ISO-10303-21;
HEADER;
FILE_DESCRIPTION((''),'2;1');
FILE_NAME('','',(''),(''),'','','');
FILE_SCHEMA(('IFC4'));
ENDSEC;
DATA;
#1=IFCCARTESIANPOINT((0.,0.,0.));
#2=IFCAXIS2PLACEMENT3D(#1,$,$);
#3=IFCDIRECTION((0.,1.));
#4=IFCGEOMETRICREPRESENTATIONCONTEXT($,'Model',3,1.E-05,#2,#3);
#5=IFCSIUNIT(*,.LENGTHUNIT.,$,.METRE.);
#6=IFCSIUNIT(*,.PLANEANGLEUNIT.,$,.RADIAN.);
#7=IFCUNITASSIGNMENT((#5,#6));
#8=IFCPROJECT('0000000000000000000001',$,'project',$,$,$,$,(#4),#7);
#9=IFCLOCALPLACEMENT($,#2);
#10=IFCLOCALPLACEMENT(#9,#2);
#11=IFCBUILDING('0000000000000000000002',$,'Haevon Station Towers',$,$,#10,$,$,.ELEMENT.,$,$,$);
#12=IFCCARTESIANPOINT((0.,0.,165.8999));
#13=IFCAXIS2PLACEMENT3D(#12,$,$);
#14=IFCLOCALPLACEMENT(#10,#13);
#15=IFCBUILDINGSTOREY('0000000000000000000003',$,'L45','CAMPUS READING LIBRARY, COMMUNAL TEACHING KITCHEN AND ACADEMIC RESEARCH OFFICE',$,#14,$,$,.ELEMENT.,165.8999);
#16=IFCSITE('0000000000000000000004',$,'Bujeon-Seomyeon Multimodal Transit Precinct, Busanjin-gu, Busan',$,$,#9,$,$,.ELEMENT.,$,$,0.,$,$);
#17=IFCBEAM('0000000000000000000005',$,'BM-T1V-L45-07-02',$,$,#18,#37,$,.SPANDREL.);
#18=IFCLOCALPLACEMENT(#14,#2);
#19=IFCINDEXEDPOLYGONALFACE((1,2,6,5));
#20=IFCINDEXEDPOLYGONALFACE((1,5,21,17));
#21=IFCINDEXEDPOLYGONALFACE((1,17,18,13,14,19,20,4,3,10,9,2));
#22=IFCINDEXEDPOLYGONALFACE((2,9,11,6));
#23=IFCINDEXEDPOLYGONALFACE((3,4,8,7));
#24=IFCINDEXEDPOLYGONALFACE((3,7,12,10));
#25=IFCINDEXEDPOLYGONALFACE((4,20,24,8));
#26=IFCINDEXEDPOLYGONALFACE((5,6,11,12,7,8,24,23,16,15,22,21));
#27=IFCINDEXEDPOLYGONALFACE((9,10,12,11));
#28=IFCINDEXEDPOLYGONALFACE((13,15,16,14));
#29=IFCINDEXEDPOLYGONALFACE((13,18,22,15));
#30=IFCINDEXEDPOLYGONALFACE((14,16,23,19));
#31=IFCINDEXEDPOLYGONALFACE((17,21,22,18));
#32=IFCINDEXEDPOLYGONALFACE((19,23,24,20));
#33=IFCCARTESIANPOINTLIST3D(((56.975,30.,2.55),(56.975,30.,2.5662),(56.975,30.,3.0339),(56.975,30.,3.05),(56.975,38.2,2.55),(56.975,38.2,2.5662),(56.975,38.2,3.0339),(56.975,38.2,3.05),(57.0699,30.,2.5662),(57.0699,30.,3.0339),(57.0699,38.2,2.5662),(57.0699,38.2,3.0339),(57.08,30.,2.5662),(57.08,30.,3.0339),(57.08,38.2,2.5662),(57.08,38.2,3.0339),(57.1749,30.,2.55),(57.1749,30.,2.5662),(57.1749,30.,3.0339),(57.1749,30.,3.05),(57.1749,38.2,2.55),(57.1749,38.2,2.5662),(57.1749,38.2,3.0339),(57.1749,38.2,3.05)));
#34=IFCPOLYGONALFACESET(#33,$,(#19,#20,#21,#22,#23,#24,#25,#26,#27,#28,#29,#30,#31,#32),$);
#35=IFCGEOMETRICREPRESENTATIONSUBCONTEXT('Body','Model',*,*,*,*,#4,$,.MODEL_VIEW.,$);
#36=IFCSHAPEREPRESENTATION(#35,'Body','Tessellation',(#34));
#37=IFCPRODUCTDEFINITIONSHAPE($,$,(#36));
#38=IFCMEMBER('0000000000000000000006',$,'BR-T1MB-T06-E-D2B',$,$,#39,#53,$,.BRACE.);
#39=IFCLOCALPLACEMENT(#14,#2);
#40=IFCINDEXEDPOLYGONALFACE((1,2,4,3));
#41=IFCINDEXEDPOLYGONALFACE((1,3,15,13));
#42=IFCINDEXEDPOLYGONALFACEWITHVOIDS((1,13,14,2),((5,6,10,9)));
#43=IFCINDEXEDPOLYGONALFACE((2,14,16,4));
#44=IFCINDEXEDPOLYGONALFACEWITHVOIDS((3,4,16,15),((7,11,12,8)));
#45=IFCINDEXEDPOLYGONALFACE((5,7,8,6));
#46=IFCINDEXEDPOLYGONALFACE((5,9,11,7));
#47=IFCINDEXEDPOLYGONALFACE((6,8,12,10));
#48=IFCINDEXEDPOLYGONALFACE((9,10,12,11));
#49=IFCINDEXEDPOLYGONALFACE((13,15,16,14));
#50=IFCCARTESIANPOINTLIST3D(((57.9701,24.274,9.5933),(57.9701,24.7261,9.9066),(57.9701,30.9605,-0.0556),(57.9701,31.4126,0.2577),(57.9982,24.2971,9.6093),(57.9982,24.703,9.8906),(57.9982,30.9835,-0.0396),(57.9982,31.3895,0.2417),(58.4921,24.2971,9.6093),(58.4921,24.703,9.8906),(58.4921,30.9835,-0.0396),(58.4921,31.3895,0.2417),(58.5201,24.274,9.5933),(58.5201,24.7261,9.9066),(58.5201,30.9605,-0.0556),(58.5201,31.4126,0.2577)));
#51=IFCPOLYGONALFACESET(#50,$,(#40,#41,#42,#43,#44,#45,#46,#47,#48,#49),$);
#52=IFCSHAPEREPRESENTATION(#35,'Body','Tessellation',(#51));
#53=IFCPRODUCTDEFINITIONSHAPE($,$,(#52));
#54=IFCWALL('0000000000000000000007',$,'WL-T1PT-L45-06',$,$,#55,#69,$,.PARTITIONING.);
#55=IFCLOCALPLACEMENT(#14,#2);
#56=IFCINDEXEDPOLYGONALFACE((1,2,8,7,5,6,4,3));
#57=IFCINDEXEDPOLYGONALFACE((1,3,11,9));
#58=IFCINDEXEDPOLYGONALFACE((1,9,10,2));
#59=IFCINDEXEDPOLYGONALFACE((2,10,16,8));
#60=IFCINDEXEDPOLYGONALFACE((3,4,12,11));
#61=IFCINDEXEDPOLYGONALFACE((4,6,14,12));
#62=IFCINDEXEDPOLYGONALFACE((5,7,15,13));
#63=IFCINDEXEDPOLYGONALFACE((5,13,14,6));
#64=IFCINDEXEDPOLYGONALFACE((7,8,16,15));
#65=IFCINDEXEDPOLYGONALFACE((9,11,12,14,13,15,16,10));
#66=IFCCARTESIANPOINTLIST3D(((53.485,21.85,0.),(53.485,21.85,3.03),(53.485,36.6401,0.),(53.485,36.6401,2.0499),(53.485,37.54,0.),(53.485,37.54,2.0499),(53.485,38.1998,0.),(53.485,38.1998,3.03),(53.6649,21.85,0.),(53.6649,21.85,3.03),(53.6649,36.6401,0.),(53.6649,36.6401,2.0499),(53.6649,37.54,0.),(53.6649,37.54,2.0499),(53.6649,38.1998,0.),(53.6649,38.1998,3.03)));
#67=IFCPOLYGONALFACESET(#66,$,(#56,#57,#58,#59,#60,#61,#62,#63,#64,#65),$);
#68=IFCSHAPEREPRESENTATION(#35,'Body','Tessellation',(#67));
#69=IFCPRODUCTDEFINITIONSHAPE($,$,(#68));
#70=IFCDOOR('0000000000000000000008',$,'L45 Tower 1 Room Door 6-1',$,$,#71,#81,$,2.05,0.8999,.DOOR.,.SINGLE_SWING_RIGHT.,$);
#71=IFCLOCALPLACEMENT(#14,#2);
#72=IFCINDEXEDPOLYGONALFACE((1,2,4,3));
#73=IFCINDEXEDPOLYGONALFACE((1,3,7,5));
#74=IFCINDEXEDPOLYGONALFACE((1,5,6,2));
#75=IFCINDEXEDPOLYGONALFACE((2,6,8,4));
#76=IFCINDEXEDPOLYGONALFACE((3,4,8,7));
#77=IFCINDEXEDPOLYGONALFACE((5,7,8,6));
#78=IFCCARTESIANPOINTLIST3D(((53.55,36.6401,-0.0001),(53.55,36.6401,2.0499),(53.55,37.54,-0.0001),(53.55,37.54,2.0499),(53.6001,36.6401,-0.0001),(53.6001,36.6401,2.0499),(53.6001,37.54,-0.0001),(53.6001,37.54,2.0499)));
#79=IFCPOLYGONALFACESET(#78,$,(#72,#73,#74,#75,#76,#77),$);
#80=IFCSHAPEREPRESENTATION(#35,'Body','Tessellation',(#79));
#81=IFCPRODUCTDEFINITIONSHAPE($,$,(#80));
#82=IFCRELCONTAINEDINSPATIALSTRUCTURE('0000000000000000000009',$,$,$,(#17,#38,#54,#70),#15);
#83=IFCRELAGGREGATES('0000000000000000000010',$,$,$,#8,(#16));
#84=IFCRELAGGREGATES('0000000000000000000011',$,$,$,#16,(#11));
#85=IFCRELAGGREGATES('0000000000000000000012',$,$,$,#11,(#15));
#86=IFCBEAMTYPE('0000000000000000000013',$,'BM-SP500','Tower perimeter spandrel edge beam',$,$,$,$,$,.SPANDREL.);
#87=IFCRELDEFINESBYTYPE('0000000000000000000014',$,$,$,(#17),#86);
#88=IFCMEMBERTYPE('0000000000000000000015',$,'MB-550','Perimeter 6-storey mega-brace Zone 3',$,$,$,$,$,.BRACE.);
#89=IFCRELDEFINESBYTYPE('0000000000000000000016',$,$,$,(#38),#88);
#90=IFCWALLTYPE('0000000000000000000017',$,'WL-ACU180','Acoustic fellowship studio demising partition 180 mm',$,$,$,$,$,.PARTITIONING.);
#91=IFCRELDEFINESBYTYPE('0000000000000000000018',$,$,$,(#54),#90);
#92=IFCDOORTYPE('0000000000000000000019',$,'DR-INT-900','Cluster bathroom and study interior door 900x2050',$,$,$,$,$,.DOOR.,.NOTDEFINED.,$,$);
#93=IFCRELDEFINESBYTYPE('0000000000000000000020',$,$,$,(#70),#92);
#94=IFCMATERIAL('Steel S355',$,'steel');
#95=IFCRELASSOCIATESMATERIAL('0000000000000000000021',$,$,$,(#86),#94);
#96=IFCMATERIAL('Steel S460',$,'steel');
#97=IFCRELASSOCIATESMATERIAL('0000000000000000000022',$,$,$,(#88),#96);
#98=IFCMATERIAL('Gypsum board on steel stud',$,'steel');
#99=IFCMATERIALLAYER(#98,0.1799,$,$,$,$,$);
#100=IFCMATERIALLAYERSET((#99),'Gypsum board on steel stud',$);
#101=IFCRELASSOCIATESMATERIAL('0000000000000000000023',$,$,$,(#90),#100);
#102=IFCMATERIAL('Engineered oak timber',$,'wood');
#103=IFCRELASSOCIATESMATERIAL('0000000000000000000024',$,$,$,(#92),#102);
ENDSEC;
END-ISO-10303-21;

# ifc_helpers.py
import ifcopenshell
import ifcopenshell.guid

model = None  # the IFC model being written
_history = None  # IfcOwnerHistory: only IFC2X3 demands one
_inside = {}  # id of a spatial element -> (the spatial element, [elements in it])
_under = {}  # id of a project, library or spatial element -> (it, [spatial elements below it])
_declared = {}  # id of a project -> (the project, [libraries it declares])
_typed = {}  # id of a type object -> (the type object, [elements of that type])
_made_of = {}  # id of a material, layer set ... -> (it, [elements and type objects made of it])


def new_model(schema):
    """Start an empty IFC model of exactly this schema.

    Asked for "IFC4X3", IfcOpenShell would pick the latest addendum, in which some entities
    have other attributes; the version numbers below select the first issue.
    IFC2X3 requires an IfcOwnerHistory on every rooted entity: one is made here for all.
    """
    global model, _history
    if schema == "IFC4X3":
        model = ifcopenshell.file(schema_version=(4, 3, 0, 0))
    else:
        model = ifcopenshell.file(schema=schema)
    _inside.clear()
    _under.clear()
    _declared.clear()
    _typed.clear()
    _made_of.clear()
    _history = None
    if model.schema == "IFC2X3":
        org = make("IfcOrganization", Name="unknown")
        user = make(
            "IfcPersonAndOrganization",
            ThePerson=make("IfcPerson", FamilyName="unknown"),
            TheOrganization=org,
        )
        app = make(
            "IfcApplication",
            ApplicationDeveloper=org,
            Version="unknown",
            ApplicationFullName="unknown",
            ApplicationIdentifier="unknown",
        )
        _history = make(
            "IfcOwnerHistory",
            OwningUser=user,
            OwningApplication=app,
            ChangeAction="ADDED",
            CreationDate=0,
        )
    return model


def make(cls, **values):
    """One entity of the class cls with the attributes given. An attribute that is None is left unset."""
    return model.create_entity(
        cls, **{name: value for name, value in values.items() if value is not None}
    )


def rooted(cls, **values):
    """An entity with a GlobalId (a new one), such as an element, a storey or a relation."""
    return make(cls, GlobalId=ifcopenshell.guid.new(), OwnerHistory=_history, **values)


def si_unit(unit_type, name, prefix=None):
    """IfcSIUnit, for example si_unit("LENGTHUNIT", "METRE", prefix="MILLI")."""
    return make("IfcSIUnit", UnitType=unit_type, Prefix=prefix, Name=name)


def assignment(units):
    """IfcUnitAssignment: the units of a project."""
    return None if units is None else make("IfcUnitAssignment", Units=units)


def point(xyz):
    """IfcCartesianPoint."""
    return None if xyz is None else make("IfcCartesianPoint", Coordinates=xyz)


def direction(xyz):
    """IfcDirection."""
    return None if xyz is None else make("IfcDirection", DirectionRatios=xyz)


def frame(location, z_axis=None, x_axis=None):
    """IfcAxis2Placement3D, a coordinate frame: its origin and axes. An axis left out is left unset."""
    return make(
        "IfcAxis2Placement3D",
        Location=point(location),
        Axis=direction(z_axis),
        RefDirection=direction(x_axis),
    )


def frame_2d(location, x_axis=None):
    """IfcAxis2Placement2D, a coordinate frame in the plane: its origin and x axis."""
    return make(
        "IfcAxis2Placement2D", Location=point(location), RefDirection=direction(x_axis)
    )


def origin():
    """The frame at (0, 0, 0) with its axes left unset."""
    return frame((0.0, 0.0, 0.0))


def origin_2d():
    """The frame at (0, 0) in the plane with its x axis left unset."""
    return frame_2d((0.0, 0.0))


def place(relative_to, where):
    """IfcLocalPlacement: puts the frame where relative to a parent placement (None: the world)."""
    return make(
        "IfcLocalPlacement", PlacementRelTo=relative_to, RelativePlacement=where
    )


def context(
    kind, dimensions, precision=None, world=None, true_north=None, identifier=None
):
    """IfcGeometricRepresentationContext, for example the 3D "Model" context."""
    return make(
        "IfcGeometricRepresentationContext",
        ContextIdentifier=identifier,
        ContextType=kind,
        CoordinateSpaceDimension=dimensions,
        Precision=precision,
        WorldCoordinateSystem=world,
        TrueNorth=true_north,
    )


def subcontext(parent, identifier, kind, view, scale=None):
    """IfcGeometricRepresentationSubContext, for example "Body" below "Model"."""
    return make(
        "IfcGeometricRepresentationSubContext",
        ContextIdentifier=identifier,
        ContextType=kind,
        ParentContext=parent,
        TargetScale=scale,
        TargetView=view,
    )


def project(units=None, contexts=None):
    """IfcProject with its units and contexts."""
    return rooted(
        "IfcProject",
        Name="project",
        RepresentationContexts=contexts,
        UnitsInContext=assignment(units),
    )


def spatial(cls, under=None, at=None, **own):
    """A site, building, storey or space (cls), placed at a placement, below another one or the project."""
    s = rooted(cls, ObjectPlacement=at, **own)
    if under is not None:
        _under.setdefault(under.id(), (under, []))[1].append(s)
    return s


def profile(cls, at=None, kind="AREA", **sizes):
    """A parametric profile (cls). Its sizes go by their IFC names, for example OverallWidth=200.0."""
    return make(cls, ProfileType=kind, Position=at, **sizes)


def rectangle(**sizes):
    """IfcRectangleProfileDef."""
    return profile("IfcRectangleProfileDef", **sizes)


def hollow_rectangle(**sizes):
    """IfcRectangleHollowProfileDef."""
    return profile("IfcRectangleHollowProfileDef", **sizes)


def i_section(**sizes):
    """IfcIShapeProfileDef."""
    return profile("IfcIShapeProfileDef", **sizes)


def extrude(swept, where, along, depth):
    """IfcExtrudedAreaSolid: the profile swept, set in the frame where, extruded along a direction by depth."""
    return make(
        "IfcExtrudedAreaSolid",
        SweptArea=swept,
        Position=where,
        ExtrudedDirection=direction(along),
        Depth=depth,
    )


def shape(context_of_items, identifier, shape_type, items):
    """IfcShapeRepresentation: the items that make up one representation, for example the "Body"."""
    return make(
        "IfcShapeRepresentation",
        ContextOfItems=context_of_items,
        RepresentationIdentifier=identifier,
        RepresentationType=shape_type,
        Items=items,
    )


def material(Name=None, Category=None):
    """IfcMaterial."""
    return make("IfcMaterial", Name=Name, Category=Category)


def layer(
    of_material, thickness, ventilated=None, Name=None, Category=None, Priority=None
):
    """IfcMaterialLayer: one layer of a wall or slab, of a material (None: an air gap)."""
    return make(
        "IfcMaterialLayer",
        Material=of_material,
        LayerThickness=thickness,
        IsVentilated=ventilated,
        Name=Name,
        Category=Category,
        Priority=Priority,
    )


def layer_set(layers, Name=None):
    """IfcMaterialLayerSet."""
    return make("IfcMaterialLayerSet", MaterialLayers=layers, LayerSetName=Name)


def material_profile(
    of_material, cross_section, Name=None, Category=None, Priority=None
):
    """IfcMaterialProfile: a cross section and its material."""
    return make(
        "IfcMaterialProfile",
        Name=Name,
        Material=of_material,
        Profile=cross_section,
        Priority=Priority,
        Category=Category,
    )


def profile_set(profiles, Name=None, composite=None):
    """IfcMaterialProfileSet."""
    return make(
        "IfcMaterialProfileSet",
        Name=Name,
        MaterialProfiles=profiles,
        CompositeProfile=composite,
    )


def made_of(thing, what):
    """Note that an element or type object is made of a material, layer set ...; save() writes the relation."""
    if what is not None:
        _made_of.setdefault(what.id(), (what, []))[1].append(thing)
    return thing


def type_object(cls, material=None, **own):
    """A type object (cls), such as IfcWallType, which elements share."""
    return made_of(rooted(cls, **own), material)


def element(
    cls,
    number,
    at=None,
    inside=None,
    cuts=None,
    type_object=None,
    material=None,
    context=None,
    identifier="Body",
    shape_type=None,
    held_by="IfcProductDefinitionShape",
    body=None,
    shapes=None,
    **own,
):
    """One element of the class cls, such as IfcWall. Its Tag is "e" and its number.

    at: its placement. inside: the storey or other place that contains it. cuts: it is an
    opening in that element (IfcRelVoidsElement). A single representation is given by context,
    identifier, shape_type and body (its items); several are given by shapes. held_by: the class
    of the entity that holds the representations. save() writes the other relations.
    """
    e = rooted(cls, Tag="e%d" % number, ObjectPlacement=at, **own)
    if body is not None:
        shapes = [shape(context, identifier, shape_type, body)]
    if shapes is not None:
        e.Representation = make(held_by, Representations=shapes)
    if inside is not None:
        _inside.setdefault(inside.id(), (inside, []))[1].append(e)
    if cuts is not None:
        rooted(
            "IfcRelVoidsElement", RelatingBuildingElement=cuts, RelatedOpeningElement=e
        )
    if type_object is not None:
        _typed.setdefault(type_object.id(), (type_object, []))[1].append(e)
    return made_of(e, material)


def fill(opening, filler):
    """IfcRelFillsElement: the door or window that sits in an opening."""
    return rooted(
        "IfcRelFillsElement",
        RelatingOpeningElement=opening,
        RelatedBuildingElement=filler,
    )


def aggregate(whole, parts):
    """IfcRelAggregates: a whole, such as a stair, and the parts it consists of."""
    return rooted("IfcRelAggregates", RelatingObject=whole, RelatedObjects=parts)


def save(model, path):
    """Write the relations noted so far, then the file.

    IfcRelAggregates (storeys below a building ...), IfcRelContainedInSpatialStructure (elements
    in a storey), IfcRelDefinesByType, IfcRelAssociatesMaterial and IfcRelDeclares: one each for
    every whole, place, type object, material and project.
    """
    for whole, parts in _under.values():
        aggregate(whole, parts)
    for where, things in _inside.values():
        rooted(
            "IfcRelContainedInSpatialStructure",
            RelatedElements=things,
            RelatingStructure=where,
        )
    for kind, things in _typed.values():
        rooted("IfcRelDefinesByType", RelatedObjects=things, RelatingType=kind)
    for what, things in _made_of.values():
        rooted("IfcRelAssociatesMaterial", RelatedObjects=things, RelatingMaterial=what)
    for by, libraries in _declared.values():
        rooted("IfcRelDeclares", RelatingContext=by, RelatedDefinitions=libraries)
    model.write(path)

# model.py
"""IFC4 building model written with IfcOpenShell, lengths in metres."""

from ifc_helpers import new_model, si_unit, direction, frame, frame_2d, origin, origin_2d, place, context, subcontext, project, spatial, rectangle, hollow_rectangle, i_section, extrude, material, layer, layer_set, material_profile, profile_set, type_object, element, fill, save


model = new_model("IFC4")

# Units and contexts
model_context = context("Model", 3, precision=1e-05, world=origin(), true_north=direction((0.0, 1.0)))
body_context = subcontext(model_context, "Body", "Model", "MODEL_VIEW")
ifc_project = project(units=[si_unit("LENGTHUNIT", "METRE"), si_unit("PLANEANGLEUNIT", "RADIAN")], contexts=[model_context])

# Site, building, storey
site_placement = place(None, origin())
site = spatial("IfcSite", under=ifc_project, at=site_placement, Name="Bujeon-Seomyeon Multimodal Transit Precinct, Busanjin-gu, Busan", CompositionType="ELEMENT", RefElevation=0.0)
building_placement = place(site_placement, origin())
building = spatial("IfcBuilding", under=site, at=building_placement, Name="Haevon Station Towers", CompositionType="ELEMENT")
storey_placement = place(building_placement, frame((0.0, 0.0, 165.8999)))
storey = spatial("IfcBuildingStorey", under=building, at=storey_placement, Name="L45", Description="CAMPUS READING LIBRARY, COMMUNAL TEACHING KITCHEN AND ACADEMIC RESEARCH OFFICE", CompositionType="ELEMENT", Elevation=165.8999)

# Shared definitions
ifc_material_1 = material(Name="Steel S460", Category="steel")
ifc_material_2 = material(Name="Steel S355", Category="steel")

# Beam
ifc_material_profile_1 = material_profile(ifc_material_2, i_section(OverallWidth=0.2, OverallDepth=0.5, WebThickness=0.01, FlangeThickness=0.0161, at=origin_2d()), Name="H-500x200x10x16")
ifc_profile_set_1 = profile_set([ifc_material_profile_1], Name="Steel S355")
beam_type_1 = type_object("IfcBeamType", Name="BM-SP500", Description="Tower perimeter spandrel edge beam", PredefinedType="SPANDREL", material=ifc_profile_set_1)
beam_1_placement = place(storey_placement, frame((57.075, 30.0, 2.8), z_axis=(0.0, 1.0, 0.0), x_axis=(-1.0, 0.0, 0.0)))
element("IfcBeam", 1, at=beam_1_placement, inside=storey, type_object=beam_type_1, Name="BM-T1V-L45-07-02", PredefinedType="SPANDREL", context=body_context, shape_type="SweptSolid", body=[
    extrude(i_section(OverallWidth=0.2, OverallDepth=0.5, WebThickness=0.01, FlangeThickness=0.0161, at=origin_2d()), origin(), (0.0, 0.0, 1.0), 8.2),
])

# Member
ifc_material_profile_2 = material_profile(ifc_material_1, hollow_rectangle(XDim=0.55, YDim=0.55, WallThickness=0.0281, at=origin_2d()), Name="RHS-550x550x28")
ifc_profile_set_2 = profile_set([ifc_material_profile_2], Name="Steel S460")
member_type = type_object("IfcMemberType", Name="MB-550", Description="Perimeter 6-storey mega-brace Zone 3", PredefinedType="BRACE", material=ifc_profile_set_2)
member_placement = place(storey_placement, frame((58.2451, 31.1865, 0.1011), z_axis=(0.0, -0.569584, 0.821933), x_axis=(1.0, 0.0, 0.0)))
element("IfcMember", 2, at=member_placement, inside=storey, type_object=member_type, Name="BR-T1MB-T06-E-D2B", PredefinedType="BRACE", context=body_context, shape_type="SweptSolid", body=[
    extrude(hollow_rectangle(XDim=0.55, YDim=0.55, WallThickness=0.0281, at=origin_2d()), origin(), (0.0, 0.0, 1.0), 11.7393),
])

# Wall, opening, door
ifc_material_3 = material(Name="Gypsum board on steel stud", Category="steel")
ifc_layer_1 = layer(ifc_material_3, 0.1799)
ifc_layer_set_1 = layer_set([ifc_layer_1], Name="Gypsum board on steel stud")
wall_type_1 = type_object("IfcWallType", Name="WL-ACU180", Description="Acoustic fellowship studio demising partition 180 mm", PredefinedType="PARTITIONING", material=ifc_layer_set_1)
wall_1_placement = place(storey_placement, frame((53.575, 21.8501, 0.0), z_axis=(0.0, 0.0, 1.0), x_axis=(0.0, 1.0, 0.0)))
wall_1 = element("IfcWall", 3, at=wall_1_placement, inside=storey, type_object=wall_type_1, Name="WL-T1PT-L45-06", PredefinedType="PARTITIONING", context=body_context, shape_type="SweptSolid", body=[
    extrude(rectangle(XDim=16.3499, YDim=0.1799, at=frame_2d((8.1748, 0.0))), origin(), (0.0, 0.0, 1.0), 3.03),
])
opening_1_placement = place(wall_1_placement, frame((14.79, 0.0, 0.0)))
opening_1 = element("IfcOpeningElement", 4, at=opening_1_placement, cuts=wall_1, PredefinedType="OPENING", context=body_context, shape_type="SweptSolid", body=[
    extrude(rectangle(XDim=0.8999, YDim=2.05, at=frame_2d((0.45, 1.0249))), frame((0.0, 0.0999, 0.0), z_axis=(0.0, -1.0, 0.0), x_axis=(1.0, 0.0, 0.0)), (0.0, 0.0, 1.0), 0.2),
])
ifc_material_4 = material(Name="Engineered oak timber", Category="wood")
door_type_1 = type_object("IfcDoorType", Name="DR-INT-900", Description="Cluster bathroom and study interior door 900x2050", OperationType="NOTDEFINED", PredefinedType="DOOR", material=ifc_material_4)
door_1_placement = place(opening_1_placement, origin())
door_1 = element("IfcDoor", 5, at=door_1_placement, inside=storey, type_object=door_type_1, Name="L45 Tower 1 Room Door 6-1", OperationType="SINGLE_SWING_RIGHT", OverallHeight=2.05, OverallWidth=0.8999, PredefinedType="DOOR", context=body_context, shape_type="SweptSolid", body=[
    extrude(rectangle(XDim=0.8999, YDim=2.05, at=frame_2d((0.45, 1.0249))), frame((0.0, 0.0249, 0.0), z_axis=(0.0, -1.0, 0.0), x_axis=(1.0, 0.0, 0.0)), (0.0, 0.0, 1.0), 0.05),
])
fill(opening_1, door_1)

save(model, "model.ifc")
